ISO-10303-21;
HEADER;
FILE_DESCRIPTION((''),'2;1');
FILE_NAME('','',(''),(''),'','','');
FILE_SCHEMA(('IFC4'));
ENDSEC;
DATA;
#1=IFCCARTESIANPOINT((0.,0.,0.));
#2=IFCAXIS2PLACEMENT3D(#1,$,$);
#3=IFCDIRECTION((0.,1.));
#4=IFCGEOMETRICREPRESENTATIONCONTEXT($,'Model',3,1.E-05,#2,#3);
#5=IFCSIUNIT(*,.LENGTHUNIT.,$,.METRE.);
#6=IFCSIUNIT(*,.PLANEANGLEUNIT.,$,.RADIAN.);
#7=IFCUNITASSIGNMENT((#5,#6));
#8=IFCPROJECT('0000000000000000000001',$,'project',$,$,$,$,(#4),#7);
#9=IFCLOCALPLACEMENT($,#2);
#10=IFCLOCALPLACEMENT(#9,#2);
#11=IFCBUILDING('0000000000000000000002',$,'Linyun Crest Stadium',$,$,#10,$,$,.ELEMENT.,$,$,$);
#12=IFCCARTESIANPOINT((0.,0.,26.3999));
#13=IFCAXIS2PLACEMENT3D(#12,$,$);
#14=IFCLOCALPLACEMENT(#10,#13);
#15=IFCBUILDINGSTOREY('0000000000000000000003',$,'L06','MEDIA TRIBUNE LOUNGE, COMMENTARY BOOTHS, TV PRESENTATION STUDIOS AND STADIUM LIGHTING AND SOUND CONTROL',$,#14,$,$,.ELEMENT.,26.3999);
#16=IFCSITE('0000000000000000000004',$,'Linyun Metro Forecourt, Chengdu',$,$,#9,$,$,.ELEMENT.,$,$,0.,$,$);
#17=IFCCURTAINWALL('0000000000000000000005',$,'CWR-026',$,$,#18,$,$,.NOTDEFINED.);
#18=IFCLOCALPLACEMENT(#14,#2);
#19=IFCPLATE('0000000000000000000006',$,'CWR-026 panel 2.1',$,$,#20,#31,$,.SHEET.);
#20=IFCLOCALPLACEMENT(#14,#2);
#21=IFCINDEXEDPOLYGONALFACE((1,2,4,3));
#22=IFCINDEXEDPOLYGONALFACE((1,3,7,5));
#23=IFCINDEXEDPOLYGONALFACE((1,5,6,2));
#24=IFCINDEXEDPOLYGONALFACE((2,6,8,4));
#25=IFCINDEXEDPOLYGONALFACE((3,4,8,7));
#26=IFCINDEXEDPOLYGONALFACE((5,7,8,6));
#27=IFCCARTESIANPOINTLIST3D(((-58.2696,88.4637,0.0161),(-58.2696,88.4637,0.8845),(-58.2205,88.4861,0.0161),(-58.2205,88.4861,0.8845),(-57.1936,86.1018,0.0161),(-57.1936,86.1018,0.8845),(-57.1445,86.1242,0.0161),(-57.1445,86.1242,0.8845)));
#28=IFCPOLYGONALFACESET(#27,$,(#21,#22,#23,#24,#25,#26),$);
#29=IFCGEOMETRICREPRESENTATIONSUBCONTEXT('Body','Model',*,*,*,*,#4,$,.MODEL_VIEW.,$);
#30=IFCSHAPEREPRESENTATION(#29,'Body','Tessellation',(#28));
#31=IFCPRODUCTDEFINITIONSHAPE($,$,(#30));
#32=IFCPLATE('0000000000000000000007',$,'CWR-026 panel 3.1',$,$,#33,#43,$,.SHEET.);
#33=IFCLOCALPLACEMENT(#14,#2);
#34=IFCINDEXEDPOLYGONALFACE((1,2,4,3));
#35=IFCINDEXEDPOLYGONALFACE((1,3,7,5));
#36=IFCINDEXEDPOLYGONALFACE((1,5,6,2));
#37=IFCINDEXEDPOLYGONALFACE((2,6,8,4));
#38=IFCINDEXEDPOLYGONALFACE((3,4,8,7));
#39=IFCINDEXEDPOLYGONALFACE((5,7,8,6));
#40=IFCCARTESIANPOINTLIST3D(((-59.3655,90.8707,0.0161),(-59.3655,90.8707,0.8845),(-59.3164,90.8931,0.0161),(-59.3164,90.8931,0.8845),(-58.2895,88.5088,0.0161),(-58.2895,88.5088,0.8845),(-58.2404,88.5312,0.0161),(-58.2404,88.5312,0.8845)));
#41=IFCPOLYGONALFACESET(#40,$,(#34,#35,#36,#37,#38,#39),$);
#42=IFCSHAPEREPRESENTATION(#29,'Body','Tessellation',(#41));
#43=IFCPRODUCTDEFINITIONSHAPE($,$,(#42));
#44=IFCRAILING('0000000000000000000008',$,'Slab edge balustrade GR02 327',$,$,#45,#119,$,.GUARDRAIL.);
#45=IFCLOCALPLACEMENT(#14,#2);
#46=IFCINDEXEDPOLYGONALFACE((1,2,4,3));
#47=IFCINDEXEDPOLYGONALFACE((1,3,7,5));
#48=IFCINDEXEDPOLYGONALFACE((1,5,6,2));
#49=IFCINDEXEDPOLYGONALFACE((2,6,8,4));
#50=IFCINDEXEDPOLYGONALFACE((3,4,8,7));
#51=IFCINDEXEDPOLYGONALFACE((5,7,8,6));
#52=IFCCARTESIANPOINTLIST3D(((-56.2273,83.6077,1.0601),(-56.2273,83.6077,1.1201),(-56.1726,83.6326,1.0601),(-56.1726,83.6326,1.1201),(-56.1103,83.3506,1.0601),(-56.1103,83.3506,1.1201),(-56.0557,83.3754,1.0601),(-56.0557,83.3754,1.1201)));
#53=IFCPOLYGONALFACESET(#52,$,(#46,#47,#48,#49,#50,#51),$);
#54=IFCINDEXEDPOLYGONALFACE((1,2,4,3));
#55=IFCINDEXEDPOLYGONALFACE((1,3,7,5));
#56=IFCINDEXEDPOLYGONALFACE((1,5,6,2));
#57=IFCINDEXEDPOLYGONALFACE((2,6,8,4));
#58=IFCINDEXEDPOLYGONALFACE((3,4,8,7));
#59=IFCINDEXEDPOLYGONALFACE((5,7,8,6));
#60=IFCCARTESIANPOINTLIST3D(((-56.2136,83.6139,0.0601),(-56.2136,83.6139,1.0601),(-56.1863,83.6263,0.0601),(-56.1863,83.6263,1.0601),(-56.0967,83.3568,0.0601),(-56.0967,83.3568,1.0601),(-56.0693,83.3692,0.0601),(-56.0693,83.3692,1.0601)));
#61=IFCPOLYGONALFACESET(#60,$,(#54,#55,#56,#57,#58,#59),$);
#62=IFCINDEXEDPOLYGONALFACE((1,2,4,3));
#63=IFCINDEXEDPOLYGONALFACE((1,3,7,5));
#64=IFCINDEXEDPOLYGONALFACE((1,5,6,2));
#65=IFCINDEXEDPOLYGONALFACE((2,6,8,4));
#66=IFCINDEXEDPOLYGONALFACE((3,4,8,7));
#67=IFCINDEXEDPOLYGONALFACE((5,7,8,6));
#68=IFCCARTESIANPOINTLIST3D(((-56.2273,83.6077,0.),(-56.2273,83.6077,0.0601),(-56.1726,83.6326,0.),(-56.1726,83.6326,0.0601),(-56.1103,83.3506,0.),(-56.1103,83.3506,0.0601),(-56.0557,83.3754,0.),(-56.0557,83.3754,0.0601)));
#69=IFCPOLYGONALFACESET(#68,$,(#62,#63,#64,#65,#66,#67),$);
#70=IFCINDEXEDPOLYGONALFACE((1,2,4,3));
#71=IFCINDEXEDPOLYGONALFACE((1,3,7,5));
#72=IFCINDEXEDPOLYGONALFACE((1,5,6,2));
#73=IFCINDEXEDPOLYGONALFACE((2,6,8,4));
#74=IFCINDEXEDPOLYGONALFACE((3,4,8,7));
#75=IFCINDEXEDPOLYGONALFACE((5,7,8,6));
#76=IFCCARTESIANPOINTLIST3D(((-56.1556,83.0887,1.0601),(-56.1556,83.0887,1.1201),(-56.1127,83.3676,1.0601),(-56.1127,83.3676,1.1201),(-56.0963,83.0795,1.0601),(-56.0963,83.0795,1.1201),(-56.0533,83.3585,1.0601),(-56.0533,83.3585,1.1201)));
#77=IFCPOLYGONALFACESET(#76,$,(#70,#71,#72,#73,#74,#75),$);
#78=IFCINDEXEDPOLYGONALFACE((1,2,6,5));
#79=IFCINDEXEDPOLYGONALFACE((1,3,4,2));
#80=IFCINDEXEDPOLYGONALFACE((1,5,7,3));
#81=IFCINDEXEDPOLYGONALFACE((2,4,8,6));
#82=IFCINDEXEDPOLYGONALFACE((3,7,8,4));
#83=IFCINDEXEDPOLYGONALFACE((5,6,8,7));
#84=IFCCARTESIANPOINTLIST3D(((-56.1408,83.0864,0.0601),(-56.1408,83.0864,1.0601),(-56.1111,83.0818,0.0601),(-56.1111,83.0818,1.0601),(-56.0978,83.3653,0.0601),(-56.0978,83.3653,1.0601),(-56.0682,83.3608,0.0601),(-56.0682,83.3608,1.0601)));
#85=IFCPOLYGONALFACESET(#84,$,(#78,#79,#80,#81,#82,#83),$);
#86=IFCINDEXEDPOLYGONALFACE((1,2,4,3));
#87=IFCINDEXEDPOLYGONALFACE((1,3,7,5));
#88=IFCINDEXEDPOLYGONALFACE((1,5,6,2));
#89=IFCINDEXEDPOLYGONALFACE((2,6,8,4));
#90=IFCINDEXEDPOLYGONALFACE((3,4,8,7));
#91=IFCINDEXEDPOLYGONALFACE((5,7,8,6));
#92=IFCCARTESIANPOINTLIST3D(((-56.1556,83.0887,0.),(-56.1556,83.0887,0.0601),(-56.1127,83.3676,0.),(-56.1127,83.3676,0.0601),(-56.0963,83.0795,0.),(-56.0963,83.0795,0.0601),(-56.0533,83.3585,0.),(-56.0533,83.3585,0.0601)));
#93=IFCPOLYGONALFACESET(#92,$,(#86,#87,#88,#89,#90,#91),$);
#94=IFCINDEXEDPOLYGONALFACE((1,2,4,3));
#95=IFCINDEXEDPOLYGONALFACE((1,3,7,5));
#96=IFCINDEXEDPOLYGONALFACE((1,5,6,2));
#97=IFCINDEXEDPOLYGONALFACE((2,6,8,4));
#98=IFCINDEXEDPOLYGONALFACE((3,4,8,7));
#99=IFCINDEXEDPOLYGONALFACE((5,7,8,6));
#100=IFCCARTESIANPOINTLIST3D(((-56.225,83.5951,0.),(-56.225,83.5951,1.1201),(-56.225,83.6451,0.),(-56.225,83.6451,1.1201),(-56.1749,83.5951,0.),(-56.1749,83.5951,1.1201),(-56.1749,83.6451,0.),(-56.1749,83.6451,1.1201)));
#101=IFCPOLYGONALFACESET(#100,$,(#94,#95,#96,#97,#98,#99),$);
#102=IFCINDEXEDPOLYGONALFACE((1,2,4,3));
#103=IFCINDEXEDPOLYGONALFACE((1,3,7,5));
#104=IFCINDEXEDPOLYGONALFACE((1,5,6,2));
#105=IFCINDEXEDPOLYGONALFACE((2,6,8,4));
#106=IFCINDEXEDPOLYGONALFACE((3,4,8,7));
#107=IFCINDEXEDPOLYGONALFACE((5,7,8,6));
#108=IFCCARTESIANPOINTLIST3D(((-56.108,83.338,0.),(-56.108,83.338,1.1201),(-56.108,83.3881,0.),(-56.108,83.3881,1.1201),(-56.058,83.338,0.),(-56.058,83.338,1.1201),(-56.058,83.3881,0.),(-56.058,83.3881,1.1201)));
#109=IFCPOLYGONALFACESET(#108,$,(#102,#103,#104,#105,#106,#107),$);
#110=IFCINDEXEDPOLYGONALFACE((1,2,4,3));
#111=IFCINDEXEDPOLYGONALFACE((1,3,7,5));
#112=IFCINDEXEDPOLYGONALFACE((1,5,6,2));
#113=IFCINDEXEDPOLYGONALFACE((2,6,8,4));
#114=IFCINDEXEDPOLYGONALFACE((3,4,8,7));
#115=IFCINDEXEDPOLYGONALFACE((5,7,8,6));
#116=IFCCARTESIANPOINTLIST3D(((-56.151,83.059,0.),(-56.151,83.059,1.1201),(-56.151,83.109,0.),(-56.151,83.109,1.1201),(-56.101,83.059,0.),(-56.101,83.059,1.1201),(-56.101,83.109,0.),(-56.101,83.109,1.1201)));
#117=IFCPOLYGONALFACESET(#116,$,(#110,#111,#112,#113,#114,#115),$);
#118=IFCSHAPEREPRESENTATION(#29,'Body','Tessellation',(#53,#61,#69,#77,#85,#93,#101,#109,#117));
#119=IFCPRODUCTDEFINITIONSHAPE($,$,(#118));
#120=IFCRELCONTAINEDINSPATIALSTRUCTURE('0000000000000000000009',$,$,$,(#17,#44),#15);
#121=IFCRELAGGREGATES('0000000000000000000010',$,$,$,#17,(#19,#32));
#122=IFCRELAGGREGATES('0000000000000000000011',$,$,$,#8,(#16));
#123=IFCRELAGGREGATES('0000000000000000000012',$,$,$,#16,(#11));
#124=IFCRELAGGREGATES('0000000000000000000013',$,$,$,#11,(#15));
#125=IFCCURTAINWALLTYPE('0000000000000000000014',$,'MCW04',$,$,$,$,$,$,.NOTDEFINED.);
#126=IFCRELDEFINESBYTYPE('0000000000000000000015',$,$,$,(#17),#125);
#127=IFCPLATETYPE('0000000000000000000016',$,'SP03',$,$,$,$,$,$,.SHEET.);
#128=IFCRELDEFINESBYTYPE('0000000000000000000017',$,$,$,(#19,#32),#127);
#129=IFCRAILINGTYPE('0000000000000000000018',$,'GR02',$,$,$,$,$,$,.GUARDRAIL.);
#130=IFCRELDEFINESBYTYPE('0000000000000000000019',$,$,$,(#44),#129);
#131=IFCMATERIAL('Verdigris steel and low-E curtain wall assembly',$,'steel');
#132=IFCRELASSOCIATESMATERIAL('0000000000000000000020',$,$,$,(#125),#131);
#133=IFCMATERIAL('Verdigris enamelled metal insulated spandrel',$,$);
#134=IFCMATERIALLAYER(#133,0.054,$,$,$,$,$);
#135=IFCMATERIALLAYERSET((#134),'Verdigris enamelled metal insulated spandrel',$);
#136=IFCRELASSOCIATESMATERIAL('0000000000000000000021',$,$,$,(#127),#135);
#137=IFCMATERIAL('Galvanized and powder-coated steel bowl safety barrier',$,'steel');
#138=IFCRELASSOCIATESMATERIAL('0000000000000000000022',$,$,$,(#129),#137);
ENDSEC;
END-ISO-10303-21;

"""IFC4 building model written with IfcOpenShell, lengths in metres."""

from ifc_helpers import new_model, si_unit, direction, frame, origin, origin_2d, place, context, subcontext, project, spatial, rectangle, extrude, material, layer, layer_set, type_object, element, aggregate, save


model = new_model("IFC4")

# Units and contexts
model_context = context("Model", 3, precision=1e-05, world=origin(), true_north=direction((0.0, 1.0)))
body_context = subcontext(model_context, "Body", "Model", "MODEL_VIEW")
ifc_project = project(units=[si_unit("LENGTHUNIT", "METRE"), si_unit("PLANEANGLEUNIT", "RADIAN")], contexts=[model_context])

# Site, building, storey
site_placement = place(None, origin())
site = spatial("IfcSite", under=ifc_project, at=site_placement, Name="Linyun Metro Forecourt, Chengdu", CompositionType="ELEMENT", RefElevation=0.0)
building_placement = place(site_placement, origin())
building = spatial("IfcBuilding", under=site, at=building_placement, Name="Linyun Crest Stadium", CompositionType="ELEMENT")
storey_placement = place(building_placement, frame((0.0, 0.0, 26.3999)))
storey = spatial("IfcBuildingStorey", under=building, at=storey_placement, Name="L06", Description="MEDIA TRIBUNE LOUNGE, COMMENTARY BOOTHS, TV PRESENTATION STUDIOS AND STADIUM LIGHTING AND SOUND CONTROL", CompositionType="ELEMENT", Elevation=26.3999)

# Shared definitions
ifc_material_1 = material(Name="Verdigris steel and low-E curtain wall assembly", Category="steel")
curtain_wall_type = type_object("IfcCurtainWallType", Name="MCW04", PredefinedType="NOTDEFINED", material=ifc_material_1)

# Curtain wall
curtain_wall_1_placement = place(storey_placement, origin())
curtain_wall_1 = element("IfcCurtainWall", 1, at=curtain_wall_1_placement, inside=storey, type_object=curtain_wall_type, Name="CWR-026", PredefinedType="NOTDEFINED")

# Plates
ifc_material_2 = material(Name="Verdigris enamelled metal insulated spandrel")
ifc_layer_1 = layer(ifc_material_2, 0.054)
ifc_layer_set_1 = layer_set([ifc_layer_1], Name="Verdigris enamelled metal insulated spandrel")
plate_type_1 = type_object("IfcPlateType", Name="SP03", PredefinedType="SHEET", material=ifc_layer_set_1)
plate_1_placement = place(storey_placement, frame((-57.707, 87.2939, 0.0161), z_axis=(0.0, 0.0, 1.0), x_axis=(-0.414566, 0.910019, 0.0)))
plate_1 = element("IfcPlate", 2, at=plate_1_placement, type_object=plate_type_1, Name="CWR-026 panel 2.1", PredefinedType="SHEET", context=body_context, shape_type="SweptSolid", body=[
    extrude(rectangle(XDim=2.5955, YDim=0.054, at=origin_2d()), origin(), (0.0, 0.0, 1.0), 0.8684),
])
plate_2_placement = place(storey_placement, frame((-58.803, 89.7009, 0.0161), z_axis=(0.0, 0.0, 1.0), x_axis=(-0.414566, 0.910019, 0.0)))
plate_2 = element("IfcPlate", 3, at=plate_2_placement, type_object=plate_type_1, Name="CWR-026 panel 3.1", PredefinedType="SHEET", context=body_context, shape_type="SweptSolid", body=[
    extrude(rectangle(XDim=2.5955, YDim=0.054, at=origin_2d()), origin(), (0.0, 0.0, 1.0), 0.8684),
])
aggregate(curtain_wall_1, [plate_1, plate_2])

# Railing
ifc_material_3 = material(Name="Galvanized and powder-coated steel bowl safety barrier", Category="steel")
railing_type = type_object("IfcRailingType", Name="GR02", PredefinedType="GUARDRAIL", material=ifc_material_3)
railing_placement = place(storey_placement, frame((-56.2, 83.6201, 0.0)))
element("IfcRailing", 4, at=railing_placement, inside=storey, type_object=railing_type, Name="Slab edge balustrade GR02 327", PredefinedType="GUARDRAIL", context=body_context, shape_type="SweptSolid", body=[
    extrude(rectangle(XDim=0.0601, YDim=0.0601, at=origin_2d()), frame((0.0, 0.0, 1.0901), z_axis=(0.414063, -0.910248, 0.0), x_axis=(0.910248, 0.414063, 0.0)), (0.0, 0.0, 1.0), 0.2825),
    extrude(rectangle(XDim=0.03, YDim=1.0, at=origin_2d()), frame((0.0, 0.0, 0.5601), z_axis=(0.414063, -0.910248, 0.0), x_axis=(0.910248, 0.414063, 0.0)), (0.0, 0.0, 1.0), 0.2825),
    extrude(rectangle(XDim=0.0601, YDim=0.0601, at=origin_2d()), frame((0.0, 0.0, 0.03), z_axis=(0.414063, -0.910248, 0.0), x_axis=(0.910248, 0.414063, 0.0)), (0.0, 0.0, 1.0), 0.2825),
    extrude(rectangle(XDim=0.0601, YDim=0.0601, at=origin_2d()), frame((0.1169, -0.2571, 1.0901), z_axis=(-0.152187, -0.988352, 0.0), x_axis=(0.988352, -0.152187, 0.0)), (0.0, 0.0, 1.0), 0.2822),
    extrude(rectangle(XDim=0.03, YDim=1.0, at=origin_2d()), frame((0.1169, -0.2571, 0.5601), z_axis=(-0.152187, -0.988352, 0.0), x_axis=(0.988352, -0.152187, 0.0)), (0.0, 0.0, 1.0), 0.2822),
    extrude(rectangle(XDim=0.0601, YDim=0.0601, at=origin_2d()), frame((0.1169, -0.2571, 0.03), z_axis=(-0.152187, -0.988352, 0.0), x_axis=(0.988352, -0.152187, 0.0)), (0.0, 0.0, 1.0), 0.2822),
    extrude(rectangle(XDim=0.05, YDim=0.05, at=origin_2d()), origin(), (0.0, 0.0, 1.0), 1.1201),
    extrude(rectangle(XDim=0.05, YDim=0.05, at=origin_2d()), frame((0.1169, -0.2571, 0.0)), (0.0, 0.0, 1.0), 1.1201),
    extrude(rectangle(XDim=0.05, YDim=0.05, at=origin_2d()), frame((0.074, -0.5361, 0.0)), (0.0, 0.0, 1.0), 1.1201),
])

save(model, "model.ifc")
